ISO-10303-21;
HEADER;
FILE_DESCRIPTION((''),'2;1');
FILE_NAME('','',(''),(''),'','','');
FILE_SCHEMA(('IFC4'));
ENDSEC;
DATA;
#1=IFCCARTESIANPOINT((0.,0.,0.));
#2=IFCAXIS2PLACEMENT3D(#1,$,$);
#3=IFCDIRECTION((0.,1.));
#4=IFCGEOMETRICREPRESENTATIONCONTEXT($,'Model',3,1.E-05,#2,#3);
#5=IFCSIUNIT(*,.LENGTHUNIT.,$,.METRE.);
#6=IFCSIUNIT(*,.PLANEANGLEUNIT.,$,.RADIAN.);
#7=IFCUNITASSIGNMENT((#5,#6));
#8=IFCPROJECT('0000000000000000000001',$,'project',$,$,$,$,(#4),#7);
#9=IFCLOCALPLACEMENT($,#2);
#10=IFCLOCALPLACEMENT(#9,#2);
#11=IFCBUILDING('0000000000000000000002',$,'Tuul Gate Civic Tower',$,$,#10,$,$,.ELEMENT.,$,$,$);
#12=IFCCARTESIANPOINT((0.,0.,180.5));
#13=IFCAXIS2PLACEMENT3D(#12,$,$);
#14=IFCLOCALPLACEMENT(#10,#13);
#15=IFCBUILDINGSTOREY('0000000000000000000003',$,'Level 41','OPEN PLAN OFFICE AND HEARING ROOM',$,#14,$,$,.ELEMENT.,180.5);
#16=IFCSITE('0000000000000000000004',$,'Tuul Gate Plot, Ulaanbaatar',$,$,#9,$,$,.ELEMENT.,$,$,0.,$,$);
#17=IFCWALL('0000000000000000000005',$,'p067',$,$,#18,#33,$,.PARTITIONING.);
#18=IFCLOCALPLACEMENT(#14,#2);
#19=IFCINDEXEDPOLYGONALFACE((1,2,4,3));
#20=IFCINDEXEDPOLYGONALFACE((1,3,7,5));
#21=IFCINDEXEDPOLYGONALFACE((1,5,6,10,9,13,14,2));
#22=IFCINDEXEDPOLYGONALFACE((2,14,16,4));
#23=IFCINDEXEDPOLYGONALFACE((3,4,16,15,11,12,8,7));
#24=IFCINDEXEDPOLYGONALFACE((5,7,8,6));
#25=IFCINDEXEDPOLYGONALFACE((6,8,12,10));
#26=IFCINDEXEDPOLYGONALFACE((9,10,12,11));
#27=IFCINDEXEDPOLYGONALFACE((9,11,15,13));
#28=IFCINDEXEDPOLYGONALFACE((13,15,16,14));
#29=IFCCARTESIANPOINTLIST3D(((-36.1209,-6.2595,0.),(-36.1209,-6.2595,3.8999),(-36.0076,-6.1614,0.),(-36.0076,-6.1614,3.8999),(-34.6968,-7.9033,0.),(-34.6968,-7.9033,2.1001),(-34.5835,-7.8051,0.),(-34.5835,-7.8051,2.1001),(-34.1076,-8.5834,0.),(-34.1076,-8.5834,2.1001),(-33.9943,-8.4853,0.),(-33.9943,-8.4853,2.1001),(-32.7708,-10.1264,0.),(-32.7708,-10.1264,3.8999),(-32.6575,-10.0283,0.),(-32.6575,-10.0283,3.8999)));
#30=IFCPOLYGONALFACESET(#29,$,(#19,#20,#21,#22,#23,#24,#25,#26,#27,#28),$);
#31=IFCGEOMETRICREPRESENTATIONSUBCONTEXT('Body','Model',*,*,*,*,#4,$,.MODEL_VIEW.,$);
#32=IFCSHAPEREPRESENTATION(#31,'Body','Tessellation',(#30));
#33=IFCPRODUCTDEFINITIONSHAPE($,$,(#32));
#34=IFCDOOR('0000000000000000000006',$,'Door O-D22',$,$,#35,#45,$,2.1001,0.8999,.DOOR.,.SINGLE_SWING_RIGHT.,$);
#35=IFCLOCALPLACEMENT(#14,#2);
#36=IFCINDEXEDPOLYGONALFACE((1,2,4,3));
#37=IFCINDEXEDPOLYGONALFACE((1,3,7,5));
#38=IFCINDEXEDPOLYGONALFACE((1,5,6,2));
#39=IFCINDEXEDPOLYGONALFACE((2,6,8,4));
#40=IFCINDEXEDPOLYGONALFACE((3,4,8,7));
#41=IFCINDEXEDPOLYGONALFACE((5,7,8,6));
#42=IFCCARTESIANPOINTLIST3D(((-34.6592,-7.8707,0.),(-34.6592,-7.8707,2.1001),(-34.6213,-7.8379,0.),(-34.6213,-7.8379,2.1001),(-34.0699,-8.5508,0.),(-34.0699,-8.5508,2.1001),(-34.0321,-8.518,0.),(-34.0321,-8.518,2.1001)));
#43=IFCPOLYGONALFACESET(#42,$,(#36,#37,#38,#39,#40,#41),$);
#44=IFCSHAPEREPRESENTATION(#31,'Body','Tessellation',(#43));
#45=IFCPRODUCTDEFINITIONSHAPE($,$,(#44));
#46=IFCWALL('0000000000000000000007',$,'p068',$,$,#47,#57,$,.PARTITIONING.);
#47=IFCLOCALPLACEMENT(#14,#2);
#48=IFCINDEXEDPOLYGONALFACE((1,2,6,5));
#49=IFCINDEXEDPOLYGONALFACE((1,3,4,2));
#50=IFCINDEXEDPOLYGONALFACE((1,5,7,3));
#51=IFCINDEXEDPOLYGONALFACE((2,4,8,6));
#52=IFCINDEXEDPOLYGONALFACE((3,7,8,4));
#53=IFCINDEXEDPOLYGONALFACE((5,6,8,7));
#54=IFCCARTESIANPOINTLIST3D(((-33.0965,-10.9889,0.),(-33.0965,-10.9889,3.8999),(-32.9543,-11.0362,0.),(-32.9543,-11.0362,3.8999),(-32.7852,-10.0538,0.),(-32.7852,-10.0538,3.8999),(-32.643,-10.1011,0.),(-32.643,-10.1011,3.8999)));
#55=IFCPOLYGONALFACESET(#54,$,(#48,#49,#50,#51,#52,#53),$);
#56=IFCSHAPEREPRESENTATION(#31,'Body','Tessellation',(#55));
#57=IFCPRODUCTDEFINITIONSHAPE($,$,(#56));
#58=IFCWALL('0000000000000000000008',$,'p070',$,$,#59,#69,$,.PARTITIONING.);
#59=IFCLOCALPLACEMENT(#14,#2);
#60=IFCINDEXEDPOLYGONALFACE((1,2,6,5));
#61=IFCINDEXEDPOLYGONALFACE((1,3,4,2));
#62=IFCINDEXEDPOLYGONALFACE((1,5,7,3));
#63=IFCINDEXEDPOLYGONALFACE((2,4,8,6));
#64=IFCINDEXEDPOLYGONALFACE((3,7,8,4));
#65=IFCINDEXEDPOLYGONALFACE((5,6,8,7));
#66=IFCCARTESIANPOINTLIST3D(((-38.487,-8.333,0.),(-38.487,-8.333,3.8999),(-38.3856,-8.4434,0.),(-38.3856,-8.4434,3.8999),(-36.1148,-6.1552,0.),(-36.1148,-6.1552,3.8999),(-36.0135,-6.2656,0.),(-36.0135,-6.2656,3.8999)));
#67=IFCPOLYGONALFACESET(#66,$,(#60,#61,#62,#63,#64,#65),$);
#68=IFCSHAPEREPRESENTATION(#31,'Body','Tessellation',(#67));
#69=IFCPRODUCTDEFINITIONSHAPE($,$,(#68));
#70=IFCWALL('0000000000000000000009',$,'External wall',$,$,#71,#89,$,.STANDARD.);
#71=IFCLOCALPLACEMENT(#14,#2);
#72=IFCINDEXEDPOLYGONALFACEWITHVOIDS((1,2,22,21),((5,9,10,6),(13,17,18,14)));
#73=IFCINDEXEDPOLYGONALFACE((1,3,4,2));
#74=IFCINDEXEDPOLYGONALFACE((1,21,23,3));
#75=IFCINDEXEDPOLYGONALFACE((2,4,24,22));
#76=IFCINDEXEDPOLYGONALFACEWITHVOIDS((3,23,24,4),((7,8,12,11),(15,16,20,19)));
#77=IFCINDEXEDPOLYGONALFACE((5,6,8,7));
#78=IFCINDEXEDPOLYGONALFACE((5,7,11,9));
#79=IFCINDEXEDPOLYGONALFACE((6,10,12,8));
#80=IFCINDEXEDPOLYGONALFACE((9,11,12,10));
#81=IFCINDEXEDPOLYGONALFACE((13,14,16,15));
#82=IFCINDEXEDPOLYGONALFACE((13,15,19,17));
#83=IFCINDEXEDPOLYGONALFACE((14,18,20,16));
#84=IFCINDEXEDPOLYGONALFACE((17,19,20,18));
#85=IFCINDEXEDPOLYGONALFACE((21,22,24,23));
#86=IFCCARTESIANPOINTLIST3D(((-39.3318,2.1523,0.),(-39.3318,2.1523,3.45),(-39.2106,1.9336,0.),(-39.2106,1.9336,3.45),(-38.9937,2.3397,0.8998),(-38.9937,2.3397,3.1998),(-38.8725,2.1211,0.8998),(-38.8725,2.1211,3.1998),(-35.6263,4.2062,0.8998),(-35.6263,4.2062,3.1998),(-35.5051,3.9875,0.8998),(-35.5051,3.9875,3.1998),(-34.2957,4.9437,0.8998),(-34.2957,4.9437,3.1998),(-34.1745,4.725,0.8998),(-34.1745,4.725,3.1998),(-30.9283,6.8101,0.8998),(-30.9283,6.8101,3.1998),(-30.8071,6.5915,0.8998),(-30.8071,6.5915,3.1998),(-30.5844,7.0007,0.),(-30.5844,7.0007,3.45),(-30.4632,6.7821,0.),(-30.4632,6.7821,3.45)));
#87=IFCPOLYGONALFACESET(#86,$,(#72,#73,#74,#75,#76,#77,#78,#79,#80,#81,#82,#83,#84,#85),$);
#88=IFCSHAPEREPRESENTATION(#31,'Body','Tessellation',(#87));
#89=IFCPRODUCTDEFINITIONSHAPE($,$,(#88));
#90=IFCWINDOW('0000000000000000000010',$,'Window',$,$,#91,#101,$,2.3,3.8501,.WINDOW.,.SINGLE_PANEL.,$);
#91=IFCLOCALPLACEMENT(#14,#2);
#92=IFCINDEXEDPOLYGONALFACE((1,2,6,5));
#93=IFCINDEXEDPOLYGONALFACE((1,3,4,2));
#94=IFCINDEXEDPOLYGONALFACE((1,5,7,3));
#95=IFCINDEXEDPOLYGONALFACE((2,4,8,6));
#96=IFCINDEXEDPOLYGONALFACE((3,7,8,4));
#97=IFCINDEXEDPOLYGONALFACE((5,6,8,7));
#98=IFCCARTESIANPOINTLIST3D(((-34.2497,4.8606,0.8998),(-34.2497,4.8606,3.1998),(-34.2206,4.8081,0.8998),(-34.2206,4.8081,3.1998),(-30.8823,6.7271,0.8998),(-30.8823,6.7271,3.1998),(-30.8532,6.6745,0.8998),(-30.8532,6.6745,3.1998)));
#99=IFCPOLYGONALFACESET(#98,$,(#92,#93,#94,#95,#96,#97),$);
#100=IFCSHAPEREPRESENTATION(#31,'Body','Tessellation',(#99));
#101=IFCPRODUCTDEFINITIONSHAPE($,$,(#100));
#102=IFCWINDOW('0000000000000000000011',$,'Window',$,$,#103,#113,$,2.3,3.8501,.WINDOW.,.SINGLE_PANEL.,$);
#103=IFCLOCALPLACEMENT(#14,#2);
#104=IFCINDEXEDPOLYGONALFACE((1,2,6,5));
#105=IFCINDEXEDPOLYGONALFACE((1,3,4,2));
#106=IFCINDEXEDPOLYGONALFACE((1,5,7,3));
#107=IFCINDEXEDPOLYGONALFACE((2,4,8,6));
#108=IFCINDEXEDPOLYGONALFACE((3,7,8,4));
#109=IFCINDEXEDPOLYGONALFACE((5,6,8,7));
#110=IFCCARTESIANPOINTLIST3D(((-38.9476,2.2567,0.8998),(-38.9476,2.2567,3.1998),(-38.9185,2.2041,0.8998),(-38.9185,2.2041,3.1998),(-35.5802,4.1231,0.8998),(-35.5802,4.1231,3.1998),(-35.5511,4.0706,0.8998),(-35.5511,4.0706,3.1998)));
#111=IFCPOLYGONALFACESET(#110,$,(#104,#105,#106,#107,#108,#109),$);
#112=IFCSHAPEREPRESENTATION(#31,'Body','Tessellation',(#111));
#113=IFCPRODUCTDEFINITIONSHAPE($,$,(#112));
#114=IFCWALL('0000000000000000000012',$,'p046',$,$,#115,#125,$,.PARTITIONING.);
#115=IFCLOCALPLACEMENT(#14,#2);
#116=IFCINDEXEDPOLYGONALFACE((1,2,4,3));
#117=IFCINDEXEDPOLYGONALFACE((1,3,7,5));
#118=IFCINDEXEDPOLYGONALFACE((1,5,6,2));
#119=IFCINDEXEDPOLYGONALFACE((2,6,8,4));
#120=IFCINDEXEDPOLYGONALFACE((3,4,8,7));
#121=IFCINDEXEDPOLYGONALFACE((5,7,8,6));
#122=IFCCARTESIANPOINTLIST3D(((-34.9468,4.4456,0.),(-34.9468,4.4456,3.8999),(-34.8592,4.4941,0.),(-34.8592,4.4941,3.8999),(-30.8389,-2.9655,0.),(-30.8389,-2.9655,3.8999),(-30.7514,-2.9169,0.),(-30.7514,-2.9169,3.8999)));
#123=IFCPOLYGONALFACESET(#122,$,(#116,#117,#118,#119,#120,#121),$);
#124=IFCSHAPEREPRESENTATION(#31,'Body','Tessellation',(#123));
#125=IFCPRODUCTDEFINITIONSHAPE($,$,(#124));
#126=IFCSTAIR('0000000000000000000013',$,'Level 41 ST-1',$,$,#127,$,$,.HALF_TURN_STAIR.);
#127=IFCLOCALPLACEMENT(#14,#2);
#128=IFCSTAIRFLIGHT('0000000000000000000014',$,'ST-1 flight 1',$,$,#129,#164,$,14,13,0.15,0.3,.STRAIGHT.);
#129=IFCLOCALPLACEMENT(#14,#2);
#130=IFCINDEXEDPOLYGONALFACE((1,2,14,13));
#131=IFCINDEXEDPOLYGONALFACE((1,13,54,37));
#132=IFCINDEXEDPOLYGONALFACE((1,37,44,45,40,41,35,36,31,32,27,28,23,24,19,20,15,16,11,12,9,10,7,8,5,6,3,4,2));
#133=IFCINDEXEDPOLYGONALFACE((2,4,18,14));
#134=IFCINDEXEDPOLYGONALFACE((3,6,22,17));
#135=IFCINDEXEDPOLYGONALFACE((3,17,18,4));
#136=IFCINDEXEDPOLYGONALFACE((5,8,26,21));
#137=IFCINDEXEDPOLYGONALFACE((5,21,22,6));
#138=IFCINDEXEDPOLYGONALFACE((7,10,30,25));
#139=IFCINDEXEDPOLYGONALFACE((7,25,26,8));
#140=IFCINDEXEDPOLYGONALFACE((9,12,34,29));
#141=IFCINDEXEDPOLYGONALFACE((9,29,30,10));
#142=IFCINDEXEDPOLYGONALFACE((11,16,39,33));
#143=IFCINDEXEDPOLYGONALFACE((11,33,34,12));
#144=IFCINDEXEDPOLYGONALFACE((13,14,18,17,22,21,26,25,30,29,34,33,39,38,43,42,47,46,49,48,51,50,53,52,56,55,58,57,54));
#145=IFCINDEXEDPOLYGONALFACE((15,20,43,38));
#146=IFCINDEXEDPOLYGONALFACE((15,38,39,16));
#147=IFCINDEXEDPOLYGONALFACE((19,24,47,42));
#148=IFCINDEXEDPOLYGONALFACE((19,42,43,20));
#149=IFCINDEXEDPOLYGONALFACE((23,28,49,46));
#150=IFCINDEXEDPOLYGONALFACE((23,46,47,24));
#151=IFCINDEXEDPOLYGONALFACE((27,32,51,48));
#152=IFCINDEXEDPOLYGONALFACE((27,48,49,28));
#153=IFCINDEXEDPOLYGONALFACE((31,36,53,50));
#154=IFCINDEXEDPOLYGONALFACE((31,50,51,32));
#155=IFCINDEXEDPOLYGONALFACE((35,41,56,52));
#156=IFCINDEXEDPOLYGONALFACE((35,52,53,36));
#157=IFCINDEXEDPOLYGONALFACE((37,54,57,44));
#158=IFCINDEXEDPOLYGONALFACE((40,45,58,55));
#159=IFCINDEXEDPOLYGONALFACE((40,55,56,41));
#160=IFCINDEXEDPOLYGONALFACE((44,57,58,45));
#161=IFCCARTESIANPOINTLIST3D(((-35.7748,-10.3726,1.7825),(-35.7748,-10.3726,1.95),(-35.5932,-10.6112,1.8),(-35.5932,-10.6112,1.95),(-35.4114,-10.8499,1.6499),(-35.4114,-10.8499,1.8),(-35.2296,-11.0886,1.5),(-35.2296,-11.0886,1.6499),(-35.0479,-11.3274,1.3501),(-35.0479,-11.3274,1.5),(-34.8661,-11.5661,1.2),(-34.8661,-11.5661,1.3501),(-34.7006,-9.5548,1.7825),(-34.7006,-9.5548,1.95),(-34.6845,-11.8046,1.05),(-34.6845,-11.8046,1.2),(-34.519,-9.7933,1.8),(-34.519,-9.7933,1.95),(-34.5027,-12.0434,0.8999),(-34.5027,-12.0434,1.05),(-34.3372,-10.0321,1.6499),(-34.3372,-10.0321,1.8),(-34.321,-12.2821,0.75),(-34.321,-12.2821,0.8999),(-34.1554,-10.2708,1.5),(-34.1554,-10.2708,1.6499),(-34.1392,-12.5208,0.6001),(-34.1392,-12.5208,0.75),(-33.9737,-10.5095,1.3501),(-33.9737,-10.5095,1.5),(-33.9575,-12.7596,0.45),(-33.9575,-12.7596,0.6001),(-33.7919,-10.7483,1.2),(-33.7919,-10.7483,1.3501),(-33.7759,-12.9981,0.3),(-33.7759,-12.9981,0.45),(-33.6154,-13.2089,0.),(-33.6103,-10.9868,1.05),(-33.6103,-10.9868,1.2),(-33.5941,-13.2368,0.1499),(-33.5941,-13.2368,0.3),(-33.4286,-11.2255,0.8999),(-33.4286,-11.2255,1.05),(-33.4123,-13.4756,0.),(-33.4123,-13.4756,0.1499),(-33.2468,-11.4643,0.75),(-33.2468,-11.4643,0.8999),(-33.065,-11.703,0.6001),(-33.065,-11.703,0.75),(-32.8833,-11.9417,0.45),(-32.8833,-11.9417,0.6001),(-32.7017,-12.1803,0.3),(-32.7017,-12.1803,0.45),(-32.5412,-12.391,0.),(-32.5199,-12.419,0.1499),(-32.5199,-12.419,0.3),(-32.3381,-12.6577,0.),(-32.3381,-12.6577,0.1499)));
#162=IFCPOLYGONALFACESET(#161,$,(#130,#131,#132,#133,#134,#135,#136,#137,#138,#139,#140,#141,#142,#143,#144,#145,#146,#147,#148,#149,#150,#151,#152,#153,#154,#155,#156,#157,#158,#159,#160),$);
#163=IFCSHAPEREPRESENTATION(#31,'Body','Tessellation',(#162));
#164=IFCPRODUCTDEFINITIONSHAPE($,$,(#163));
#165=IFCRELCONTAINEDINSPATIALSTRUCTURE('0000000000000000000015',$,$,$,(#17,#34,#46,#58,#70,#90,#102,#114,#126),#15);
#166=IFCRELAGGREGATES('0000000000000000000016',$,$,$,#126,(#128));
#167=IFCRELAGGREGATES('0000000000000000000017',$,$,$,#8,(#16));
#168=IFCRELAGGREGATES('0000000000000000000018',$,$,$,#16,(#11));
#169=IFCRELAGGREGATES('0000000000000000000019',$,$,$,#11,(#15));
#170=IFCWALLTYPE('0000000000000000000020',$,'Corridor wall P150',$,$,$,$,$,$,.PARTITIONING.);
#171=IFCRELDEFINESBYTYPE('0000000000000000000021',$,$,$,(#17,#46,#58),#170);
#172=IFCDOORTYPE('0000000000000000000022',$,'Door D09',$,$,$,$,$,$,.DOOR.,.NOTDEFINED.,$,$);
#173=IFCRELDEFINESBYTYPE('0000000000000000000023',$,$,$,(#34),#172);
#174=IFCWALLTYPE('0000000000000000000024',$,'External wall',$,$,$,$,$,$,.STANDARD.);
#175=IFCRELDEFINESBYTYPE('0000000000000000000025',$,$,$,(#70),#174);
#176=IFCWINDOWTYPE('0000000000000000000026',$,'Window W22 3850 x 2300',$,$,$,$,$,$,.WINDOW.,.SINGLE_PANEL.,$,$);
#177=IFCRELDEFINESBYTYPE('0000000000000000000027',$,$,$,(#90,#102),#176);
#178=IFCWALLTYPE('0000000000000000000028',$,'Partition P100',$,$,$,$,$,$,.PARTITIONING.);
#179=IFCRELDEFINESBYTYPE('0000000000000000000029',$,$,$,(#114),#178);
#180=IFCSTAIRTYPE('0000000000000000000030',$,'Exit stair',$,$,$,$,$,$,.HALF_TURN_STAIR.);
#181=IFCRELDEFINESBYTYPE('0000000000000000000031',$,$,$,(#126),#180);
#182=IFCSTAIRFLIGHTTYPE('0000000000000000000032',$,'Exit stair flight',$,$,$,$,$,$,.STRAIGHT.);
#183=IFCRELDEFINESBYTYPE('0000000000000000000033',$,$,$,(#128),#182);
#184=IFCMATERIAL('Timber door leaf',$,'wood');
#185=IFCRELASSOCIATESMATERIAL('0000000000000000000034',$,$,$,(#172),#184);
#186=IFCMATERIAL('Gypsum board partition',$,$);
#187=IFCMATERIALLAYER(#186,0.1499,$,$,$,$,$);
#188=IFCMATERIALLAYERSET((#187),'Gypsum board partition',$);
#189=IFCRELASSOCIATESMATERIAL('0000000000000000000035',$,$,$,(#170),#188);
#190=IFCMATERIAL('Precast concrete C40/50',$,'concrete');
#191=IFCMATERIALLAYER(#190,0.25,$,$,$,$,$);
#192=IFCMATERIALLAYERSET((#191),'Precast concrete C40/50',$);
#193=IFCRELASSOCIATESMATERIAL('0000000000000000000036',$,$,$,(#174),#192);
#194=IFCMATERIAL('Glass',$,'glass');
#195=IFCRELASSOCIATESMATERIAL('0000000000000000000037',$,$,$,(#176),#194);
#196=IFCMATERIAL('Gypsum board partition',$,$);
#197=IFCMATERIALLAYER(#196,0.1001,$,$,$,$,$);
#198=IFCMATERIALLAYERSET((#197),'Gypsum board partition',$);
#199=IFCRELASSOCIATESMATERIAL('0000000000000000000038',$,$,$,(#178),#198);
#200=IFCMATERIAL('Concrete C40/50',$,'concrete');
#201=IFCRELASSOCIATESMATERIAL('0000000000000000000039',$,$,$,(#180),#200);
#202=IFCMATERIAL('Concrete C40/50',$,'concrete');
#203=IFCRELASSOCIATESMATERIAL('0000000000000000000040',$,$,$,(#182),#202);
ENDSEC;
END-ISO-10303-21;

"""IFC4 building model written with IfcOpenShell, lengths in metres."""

from ifc_helpers import new_model, si_unit, direction, frame, frame_2d, origin, place, context, subcontext, project, spatial, polyline, rectangle, outline, extrude, material, layer, layer_set, type_object, element, fill, aggregate, save


model = new_model("IFC4")

# Units and contexts
model_context = context("Model", 3, precision=1e-05, world=origin(), true_north=direction((0.0, 1.0)))
body_context = subcontext(model_context, "Body", "Model", "MODEL_VIEW")
ifc_project = project(units=[si_unit("LENGTHUNIT", "METRE"), si_unit("PLANEANGLEUNIT", "RADIAN")], contexts=[model_context])

# Site, building, storey
site_placement = place(None, origin())
site = spatial("IfcSite", under=ifc_project, at=site_placement, Name="Tuul Gate Plot, Ulaanbaatar", CompositionType="ELEMENT", RefElevation=0.0)
building_placement = place(site_placement, origin())
building = spatial("IfcBuilding", under=site, at=building_placement, Name="Tuul Gate Civic Tower", CompositionType="ELEMENT")
storey_placement = place(building_placement, frame((0.0, 0.0, 180.5)))
storey = spatial("IfcBuildingStorey", under=building, at=storey_placement, Name="Level 41", Description="OPEN PLAN OFFICE AND HEARING ROOM", CompositionType="ELEMENT", Elevation=180.5)

# Shared definitions
ifc_material_1 = material(Name="Timber door leaf", Category="wood")
door_type = type_object("IfcDoorType", Name="Door D09", OperationType="NOTDEFINED", PredefinedType="DOOR", material=ifc_material_1)

# Shared definitions
ifc_material_2 = material(Name="Gypsum board partition")
ifc_layer_1 = layer(ifc_material_2, 0.1499)
ifc_layer_set_1 = layer_set([ifc_layer_1], Name="Gypsum board partition")
wall_type_1 = type_object("IfcWallType", Name="Corridor wall P150", PredefinedType="PARTITIONING", material=ifc_layer_set_1)

# Wall, opening, door
wall_1_placement = place(storey_placement, frame((-36.0642, -6.2104, 0.0), z_axis=(0.0, 0.0, 1.0), x_axis=(0.654791, -0.75581, 0.0)))
wall_1 = element("IfcWall", 1, at=wall_1_placement, inside=storey, type_object=wall_type_1, Name="p067", PredefinedType="PARTITIONING", context=body_context, shape_type="SweptSolid", body=[
    extrude(rectangle(XDim=5.1162, YDim=0.1499, at=frame_2d((2.5581, 0.0))), origin(), (0.0, 0.0, 1.0), 3.8999),
])
opening_1_placement = place(wall_1_placement, frame((2.1748, 0.0, 0.0)))
opening_1 = element("IfcOpeningElement", 2, at=opening_1_placement, cuts=wall_1, PredefinedType="OPENING", context=body_context, shape_type="SweptSolid", body=[
    extrude(rectangle(XDim=0.8999, YDim=2.1001, at=frame_2d((0.45, 1.05))), frame((0.0, 0.085, 0.0), z_axis=(0.0, -1.0, 0.0), x_axis=(1.0, 0.0, 0.0)), (0.0, 0.0, 1.0), 0.1699),
])
door_1_placement = place(opening_1_placement, origin())
door_1 = element("IfcDoor", 3, at=door_1_placement, inside=storey, type_object=door_type, Name="Door O-D22", OperationType="SINGLE_SWING_RIGHT", OverallHeight=2.1001, OverallWidth=0.8999, PredefinedType="DOOR", context=body_context, shape_type="SweptSolid", body=[
    extrude(rectangle(XDim=0.8999, YDim=2.1001, at=frame_2d((0.45, 1.05))), frame((0.0, 0.0249, 0.0), z_axis=(0.0, -1.0, 0.0), x_axis=(1.0, 0.0, 0.0)), (0.0, 0.0, 1.0), 0.05),
])
fill(opening_1, door_1)

# Walls
wall_2_placement = place(storey_placement, frame((-33.0254, -11.0125, 0.0), z_axis=(0.0, 0.0, 1.0), x_axis=(0.315856, 0.948807, 0.0)))
element("IfcWall", 4, at=wall_2_placement, inside=storey, type_object=wall_type_1, Name="p068", PredefinedType="PARTITIONING", context=body_context, shape_type="SweptSolid", body=[
    extrude(rectangle(XDim=0.9856, YDim=0.1499, at=frame_2d((0.4927, 0.0))), origin(), (0.0, 0.0, 1.0), 3.8999),
])
wall_3_placement = place(storey_placement, frame((-38.4363, -8.3882, 0.0), z_axis=(0.0, 0.0, 1.0), x_axis=(0.736638, 0.676287, 0.0)))
element("IfcWall", 5, at=wall_3_placement, inside=storey, type_object=wall_type_1, Name="p070", PredefinedType="PARTITIONING", context=body_context, shape_type="SweptSolid", body=[
    extrude(rectangle(XDim=3.2202, YDim=0.1499, at=frame_2d((1.6101, 0.0))), origin(), (0.0, 0.0, 1.0), 3.8999),
])

# Wall, openings, windows
ifc_material_3 = material(Name="Precast concrete C40/50", Category="concrete")
ifc_layer_2 = layer(ifc_material_3, 0.25)
ifc_layer_set_2 = layer_set([ifc_layer_2], Name="Precast concrete C40/50")
wall_type_2 = type_object("IfcWallType", Name="External wall", PredefinedType="STANDARD", material=ifc_layer_set_2)
wall_4_placement = place(storey_placement, frame((-30.5239, 6.8914, 0.0), z_axis=(0.0, 0.0, 1.0), x_axis=(-0.874634, -0.484785, 0.0)))
wall_4 = element("IfcWall", 6, at=wall_4_placement, inside=storey, type_object=wall_type_2, Name="External wall", PredefinedType="STANDARD", context=body_context, shape_type="SweptSolid", body=[
    extrude(rectangle(XDim=10.0012, YDim=0.25, at=frame_2d((5.0005, 0.0))), origin(), (0.0, 0.0, 1.0), 3.45),
])
opening_2_placement = place(wall_4_placement, frame((0.3931, 0.0, 0.8999)))
opening_2 = element("IfcOpeningElement", 7, at=opening_2_placement, cuts=wall_4, PredefinedType="OPENING", context=body_context, shape_type="SweptSolid", body=[
    extrude(rectangle(XDim=3.8501, YDim=2.3, at=frame_2d((1.925, 1.1499))), frame((0.0, 0.135, 0.0), z_axis=(0.0, -1.0, 0.0), x_axis=(1.0, 0.0, 0.0)), (0.0, 0.0, 1.0), 0.27),
])
opening_3_placement = place(wall_4_placement, frame((5.7644, 0.0, 0.8999)))
opening_3 = element("IfcOpeningElement", 8, at=opening_3_placement, cuts=wall_4, PredefinedType="OPENING", context=body_context, shape_type="SweptSolid", body=[
    extrude(rectangle(XDim=3.8501, YDim=2.3, at=frame_2d((1.925, 1.1499))), frame((0.0, 0.135, 0.0), z_axis=(0.0, -1.0, 0.0), x_axis=(1.0, 0.0, 0.0)), (0.0, 0.0, 1.0), 0.27),
])
ifc_material_4 = material(Name="Glass", Category="glass")
window_type = type_object("IfcWindowType", Name="Window W22 3850 x 2300", PartitioningType="SINGLE_PANEL", PredefinedType="WINDOW", material=ifc_material_4)
window_1_placement = place(opening_2_placement, origin())
window_1 = element("IfcWindow", 9, at=window_1_placement, inside=storey, type_object=window_type, Name="Window", OverallHeight=2.3, OverallWidth=3.8501, PartitioningType="SINGLE_PANEL", PredefinedType="WINDOW", context=body_context, shape_type="SweptSolid", body=[
    extrude(rectangle(XDim=3.8501, YDim=2.3, at=frame_2d((1.925, 1.1499))), frame((0.0, 0.03, 0.0), z_axis=(0.0, -1.0, 0.0), x_axis=(1.0, 0.0, 0.0)), (0.0, 0.0, 1.0), 0.0601),
])
fill(opening_2, window_1)
window_2_placement = place(opening_3_placement, origin())
window_2 = element("IfcWindow", 10, at=window_2_placement, inside=storey, type_object=window_type, Name="Window", OverallHeight=2.3, OverallWidth=3.8501, PartitioningType="SINGLE_PANEL", PredefinedType="WINDOW", context=body_context, shape_type="SweptSolid", body=[
    extrude(rectangle(XDim=3.8501, YDim=2.3, at=frame_2d((1.925, 1.1499))), frame((0.0, 0.03, 0.0), z_axis=(0.0, -1.0, 0.0), x_axis=(1.0, 0.0, 0.0)), (0.0, 0.0, 1.0), 0.0601),
])
fill(opening_3, window_2)

# Wall
ifc_material_5 = material(Name="Gypsum board partition")
ifc_layer_3 = layer(ifc_material_5, 0.1001)
ifc_layer_set_3 = layer_set([ifc_layer_3], Name="Gypsum board partition")
wall_type_3 = type_object("IfcWallType", Name="Partition P100", PredefinedType="PARTITIONING", material=ifc_layer_set_3)
wall_5_placement = place(storey_placement, frame((-34.9031, 4.47, 0.0), z_axis=(0.0, 0.0, 1.0), x_axis=(0.484796, -0.874627, 0.0)))
element("IfcWall", 11, at=wall_5_placement, inside=storey, type_object=wall_type_3, Name="p046", PredefinedType="PARTITIONING", context=body_context, shape_type="SweptSolid", body=[
    extrude(rectangle(XDim=8.4734, YDim=0.1001, at=frame_2d((4.2368, 0.0))), origin(), (0.0, 0.0, 1.0), 3.8999),
])

# Stair, stair flight
ifc_material_6 = material(Name="Concrete C40/50", Category="concrete")
stair_type = type_object("IfcStairType", Name="Exit stair", PredefinedType="HALF_TURN_STAIR", material=ifc_material_6)
stair_placement = place(storey_placement, origin())
stair = element("IfcStair", 12, at=stair_placement, inside=storey, type_object=stair_type, Name="Level 41 ST-1", PredefinedType="HALF_TURN_STAIR")
ifc_material_7 = material(Name="Concrete C40/50", Category="concrete")
stair_flight_type = type_object("IfcStairFlightType", Name="Exit stair flight", PredefinedType="STRAIGHT", material=ifc_material_7)
stair_flight_1_placement = place(storey_placement, frame((-32.8752, -13.0667, 0.0), z_axis=(0.0, 0.0, 1.0), x_axis=(-0.605764, 0.795644, 0.0)))
stair_flight_1 = element("IfcStairFlight", 13, at=stair_flight_1_placement, type_object=stair_flight_type, Name="ST-1 flight 1", NumberOfRisers=14, NumberOfTreads=13, PredefinedType="STRAIGHT", RiserHeight=0.15, TreadLength=0.3, context=body_context, shape_type="SweptSolid", body=[
    extrude(outline(polyline([(0.0, 0.0), (0.0, 0.1499), (0.3, 0.1499), (0.3, 0.3), (0.6001, 0.3), (0.6001, 0.45), (0.8999, 0.45), (0.8999, 0.6001), (1.2, 0.6001), (1.2, 0.75), (1.5, 0.75), (1.5, 0.8999), (1.8, 0.8999), (1.8, 1.05), (2.1001, 1.05), (2.1001, 1.2), (2.3999, 1.2), (2.3999, 1.3501), (2.7, 1.3501), (2.7, 1.5), (3.0, 1.5), (3.0, 1.6499), (3.3, 1.6499), (3.3, 1.8), (3.6001, 1.8), (3.6001, 1.95), (3.8999, 1.95), (3.8999, 2.1001), (3.8999, 1.7825), (0.3352, 0.0), (0.0, 0.0)])), frame((0.0, 0.675, 0.0), z_axis=(0.0, -1.0, 0.0), x_axis=(1.0, 0.0, 0.0)), (0.0, 0.0, 1.0), 1.3501),
])
aggregate(stair, [stair_flight_1])

save(model, "model.ifc")
